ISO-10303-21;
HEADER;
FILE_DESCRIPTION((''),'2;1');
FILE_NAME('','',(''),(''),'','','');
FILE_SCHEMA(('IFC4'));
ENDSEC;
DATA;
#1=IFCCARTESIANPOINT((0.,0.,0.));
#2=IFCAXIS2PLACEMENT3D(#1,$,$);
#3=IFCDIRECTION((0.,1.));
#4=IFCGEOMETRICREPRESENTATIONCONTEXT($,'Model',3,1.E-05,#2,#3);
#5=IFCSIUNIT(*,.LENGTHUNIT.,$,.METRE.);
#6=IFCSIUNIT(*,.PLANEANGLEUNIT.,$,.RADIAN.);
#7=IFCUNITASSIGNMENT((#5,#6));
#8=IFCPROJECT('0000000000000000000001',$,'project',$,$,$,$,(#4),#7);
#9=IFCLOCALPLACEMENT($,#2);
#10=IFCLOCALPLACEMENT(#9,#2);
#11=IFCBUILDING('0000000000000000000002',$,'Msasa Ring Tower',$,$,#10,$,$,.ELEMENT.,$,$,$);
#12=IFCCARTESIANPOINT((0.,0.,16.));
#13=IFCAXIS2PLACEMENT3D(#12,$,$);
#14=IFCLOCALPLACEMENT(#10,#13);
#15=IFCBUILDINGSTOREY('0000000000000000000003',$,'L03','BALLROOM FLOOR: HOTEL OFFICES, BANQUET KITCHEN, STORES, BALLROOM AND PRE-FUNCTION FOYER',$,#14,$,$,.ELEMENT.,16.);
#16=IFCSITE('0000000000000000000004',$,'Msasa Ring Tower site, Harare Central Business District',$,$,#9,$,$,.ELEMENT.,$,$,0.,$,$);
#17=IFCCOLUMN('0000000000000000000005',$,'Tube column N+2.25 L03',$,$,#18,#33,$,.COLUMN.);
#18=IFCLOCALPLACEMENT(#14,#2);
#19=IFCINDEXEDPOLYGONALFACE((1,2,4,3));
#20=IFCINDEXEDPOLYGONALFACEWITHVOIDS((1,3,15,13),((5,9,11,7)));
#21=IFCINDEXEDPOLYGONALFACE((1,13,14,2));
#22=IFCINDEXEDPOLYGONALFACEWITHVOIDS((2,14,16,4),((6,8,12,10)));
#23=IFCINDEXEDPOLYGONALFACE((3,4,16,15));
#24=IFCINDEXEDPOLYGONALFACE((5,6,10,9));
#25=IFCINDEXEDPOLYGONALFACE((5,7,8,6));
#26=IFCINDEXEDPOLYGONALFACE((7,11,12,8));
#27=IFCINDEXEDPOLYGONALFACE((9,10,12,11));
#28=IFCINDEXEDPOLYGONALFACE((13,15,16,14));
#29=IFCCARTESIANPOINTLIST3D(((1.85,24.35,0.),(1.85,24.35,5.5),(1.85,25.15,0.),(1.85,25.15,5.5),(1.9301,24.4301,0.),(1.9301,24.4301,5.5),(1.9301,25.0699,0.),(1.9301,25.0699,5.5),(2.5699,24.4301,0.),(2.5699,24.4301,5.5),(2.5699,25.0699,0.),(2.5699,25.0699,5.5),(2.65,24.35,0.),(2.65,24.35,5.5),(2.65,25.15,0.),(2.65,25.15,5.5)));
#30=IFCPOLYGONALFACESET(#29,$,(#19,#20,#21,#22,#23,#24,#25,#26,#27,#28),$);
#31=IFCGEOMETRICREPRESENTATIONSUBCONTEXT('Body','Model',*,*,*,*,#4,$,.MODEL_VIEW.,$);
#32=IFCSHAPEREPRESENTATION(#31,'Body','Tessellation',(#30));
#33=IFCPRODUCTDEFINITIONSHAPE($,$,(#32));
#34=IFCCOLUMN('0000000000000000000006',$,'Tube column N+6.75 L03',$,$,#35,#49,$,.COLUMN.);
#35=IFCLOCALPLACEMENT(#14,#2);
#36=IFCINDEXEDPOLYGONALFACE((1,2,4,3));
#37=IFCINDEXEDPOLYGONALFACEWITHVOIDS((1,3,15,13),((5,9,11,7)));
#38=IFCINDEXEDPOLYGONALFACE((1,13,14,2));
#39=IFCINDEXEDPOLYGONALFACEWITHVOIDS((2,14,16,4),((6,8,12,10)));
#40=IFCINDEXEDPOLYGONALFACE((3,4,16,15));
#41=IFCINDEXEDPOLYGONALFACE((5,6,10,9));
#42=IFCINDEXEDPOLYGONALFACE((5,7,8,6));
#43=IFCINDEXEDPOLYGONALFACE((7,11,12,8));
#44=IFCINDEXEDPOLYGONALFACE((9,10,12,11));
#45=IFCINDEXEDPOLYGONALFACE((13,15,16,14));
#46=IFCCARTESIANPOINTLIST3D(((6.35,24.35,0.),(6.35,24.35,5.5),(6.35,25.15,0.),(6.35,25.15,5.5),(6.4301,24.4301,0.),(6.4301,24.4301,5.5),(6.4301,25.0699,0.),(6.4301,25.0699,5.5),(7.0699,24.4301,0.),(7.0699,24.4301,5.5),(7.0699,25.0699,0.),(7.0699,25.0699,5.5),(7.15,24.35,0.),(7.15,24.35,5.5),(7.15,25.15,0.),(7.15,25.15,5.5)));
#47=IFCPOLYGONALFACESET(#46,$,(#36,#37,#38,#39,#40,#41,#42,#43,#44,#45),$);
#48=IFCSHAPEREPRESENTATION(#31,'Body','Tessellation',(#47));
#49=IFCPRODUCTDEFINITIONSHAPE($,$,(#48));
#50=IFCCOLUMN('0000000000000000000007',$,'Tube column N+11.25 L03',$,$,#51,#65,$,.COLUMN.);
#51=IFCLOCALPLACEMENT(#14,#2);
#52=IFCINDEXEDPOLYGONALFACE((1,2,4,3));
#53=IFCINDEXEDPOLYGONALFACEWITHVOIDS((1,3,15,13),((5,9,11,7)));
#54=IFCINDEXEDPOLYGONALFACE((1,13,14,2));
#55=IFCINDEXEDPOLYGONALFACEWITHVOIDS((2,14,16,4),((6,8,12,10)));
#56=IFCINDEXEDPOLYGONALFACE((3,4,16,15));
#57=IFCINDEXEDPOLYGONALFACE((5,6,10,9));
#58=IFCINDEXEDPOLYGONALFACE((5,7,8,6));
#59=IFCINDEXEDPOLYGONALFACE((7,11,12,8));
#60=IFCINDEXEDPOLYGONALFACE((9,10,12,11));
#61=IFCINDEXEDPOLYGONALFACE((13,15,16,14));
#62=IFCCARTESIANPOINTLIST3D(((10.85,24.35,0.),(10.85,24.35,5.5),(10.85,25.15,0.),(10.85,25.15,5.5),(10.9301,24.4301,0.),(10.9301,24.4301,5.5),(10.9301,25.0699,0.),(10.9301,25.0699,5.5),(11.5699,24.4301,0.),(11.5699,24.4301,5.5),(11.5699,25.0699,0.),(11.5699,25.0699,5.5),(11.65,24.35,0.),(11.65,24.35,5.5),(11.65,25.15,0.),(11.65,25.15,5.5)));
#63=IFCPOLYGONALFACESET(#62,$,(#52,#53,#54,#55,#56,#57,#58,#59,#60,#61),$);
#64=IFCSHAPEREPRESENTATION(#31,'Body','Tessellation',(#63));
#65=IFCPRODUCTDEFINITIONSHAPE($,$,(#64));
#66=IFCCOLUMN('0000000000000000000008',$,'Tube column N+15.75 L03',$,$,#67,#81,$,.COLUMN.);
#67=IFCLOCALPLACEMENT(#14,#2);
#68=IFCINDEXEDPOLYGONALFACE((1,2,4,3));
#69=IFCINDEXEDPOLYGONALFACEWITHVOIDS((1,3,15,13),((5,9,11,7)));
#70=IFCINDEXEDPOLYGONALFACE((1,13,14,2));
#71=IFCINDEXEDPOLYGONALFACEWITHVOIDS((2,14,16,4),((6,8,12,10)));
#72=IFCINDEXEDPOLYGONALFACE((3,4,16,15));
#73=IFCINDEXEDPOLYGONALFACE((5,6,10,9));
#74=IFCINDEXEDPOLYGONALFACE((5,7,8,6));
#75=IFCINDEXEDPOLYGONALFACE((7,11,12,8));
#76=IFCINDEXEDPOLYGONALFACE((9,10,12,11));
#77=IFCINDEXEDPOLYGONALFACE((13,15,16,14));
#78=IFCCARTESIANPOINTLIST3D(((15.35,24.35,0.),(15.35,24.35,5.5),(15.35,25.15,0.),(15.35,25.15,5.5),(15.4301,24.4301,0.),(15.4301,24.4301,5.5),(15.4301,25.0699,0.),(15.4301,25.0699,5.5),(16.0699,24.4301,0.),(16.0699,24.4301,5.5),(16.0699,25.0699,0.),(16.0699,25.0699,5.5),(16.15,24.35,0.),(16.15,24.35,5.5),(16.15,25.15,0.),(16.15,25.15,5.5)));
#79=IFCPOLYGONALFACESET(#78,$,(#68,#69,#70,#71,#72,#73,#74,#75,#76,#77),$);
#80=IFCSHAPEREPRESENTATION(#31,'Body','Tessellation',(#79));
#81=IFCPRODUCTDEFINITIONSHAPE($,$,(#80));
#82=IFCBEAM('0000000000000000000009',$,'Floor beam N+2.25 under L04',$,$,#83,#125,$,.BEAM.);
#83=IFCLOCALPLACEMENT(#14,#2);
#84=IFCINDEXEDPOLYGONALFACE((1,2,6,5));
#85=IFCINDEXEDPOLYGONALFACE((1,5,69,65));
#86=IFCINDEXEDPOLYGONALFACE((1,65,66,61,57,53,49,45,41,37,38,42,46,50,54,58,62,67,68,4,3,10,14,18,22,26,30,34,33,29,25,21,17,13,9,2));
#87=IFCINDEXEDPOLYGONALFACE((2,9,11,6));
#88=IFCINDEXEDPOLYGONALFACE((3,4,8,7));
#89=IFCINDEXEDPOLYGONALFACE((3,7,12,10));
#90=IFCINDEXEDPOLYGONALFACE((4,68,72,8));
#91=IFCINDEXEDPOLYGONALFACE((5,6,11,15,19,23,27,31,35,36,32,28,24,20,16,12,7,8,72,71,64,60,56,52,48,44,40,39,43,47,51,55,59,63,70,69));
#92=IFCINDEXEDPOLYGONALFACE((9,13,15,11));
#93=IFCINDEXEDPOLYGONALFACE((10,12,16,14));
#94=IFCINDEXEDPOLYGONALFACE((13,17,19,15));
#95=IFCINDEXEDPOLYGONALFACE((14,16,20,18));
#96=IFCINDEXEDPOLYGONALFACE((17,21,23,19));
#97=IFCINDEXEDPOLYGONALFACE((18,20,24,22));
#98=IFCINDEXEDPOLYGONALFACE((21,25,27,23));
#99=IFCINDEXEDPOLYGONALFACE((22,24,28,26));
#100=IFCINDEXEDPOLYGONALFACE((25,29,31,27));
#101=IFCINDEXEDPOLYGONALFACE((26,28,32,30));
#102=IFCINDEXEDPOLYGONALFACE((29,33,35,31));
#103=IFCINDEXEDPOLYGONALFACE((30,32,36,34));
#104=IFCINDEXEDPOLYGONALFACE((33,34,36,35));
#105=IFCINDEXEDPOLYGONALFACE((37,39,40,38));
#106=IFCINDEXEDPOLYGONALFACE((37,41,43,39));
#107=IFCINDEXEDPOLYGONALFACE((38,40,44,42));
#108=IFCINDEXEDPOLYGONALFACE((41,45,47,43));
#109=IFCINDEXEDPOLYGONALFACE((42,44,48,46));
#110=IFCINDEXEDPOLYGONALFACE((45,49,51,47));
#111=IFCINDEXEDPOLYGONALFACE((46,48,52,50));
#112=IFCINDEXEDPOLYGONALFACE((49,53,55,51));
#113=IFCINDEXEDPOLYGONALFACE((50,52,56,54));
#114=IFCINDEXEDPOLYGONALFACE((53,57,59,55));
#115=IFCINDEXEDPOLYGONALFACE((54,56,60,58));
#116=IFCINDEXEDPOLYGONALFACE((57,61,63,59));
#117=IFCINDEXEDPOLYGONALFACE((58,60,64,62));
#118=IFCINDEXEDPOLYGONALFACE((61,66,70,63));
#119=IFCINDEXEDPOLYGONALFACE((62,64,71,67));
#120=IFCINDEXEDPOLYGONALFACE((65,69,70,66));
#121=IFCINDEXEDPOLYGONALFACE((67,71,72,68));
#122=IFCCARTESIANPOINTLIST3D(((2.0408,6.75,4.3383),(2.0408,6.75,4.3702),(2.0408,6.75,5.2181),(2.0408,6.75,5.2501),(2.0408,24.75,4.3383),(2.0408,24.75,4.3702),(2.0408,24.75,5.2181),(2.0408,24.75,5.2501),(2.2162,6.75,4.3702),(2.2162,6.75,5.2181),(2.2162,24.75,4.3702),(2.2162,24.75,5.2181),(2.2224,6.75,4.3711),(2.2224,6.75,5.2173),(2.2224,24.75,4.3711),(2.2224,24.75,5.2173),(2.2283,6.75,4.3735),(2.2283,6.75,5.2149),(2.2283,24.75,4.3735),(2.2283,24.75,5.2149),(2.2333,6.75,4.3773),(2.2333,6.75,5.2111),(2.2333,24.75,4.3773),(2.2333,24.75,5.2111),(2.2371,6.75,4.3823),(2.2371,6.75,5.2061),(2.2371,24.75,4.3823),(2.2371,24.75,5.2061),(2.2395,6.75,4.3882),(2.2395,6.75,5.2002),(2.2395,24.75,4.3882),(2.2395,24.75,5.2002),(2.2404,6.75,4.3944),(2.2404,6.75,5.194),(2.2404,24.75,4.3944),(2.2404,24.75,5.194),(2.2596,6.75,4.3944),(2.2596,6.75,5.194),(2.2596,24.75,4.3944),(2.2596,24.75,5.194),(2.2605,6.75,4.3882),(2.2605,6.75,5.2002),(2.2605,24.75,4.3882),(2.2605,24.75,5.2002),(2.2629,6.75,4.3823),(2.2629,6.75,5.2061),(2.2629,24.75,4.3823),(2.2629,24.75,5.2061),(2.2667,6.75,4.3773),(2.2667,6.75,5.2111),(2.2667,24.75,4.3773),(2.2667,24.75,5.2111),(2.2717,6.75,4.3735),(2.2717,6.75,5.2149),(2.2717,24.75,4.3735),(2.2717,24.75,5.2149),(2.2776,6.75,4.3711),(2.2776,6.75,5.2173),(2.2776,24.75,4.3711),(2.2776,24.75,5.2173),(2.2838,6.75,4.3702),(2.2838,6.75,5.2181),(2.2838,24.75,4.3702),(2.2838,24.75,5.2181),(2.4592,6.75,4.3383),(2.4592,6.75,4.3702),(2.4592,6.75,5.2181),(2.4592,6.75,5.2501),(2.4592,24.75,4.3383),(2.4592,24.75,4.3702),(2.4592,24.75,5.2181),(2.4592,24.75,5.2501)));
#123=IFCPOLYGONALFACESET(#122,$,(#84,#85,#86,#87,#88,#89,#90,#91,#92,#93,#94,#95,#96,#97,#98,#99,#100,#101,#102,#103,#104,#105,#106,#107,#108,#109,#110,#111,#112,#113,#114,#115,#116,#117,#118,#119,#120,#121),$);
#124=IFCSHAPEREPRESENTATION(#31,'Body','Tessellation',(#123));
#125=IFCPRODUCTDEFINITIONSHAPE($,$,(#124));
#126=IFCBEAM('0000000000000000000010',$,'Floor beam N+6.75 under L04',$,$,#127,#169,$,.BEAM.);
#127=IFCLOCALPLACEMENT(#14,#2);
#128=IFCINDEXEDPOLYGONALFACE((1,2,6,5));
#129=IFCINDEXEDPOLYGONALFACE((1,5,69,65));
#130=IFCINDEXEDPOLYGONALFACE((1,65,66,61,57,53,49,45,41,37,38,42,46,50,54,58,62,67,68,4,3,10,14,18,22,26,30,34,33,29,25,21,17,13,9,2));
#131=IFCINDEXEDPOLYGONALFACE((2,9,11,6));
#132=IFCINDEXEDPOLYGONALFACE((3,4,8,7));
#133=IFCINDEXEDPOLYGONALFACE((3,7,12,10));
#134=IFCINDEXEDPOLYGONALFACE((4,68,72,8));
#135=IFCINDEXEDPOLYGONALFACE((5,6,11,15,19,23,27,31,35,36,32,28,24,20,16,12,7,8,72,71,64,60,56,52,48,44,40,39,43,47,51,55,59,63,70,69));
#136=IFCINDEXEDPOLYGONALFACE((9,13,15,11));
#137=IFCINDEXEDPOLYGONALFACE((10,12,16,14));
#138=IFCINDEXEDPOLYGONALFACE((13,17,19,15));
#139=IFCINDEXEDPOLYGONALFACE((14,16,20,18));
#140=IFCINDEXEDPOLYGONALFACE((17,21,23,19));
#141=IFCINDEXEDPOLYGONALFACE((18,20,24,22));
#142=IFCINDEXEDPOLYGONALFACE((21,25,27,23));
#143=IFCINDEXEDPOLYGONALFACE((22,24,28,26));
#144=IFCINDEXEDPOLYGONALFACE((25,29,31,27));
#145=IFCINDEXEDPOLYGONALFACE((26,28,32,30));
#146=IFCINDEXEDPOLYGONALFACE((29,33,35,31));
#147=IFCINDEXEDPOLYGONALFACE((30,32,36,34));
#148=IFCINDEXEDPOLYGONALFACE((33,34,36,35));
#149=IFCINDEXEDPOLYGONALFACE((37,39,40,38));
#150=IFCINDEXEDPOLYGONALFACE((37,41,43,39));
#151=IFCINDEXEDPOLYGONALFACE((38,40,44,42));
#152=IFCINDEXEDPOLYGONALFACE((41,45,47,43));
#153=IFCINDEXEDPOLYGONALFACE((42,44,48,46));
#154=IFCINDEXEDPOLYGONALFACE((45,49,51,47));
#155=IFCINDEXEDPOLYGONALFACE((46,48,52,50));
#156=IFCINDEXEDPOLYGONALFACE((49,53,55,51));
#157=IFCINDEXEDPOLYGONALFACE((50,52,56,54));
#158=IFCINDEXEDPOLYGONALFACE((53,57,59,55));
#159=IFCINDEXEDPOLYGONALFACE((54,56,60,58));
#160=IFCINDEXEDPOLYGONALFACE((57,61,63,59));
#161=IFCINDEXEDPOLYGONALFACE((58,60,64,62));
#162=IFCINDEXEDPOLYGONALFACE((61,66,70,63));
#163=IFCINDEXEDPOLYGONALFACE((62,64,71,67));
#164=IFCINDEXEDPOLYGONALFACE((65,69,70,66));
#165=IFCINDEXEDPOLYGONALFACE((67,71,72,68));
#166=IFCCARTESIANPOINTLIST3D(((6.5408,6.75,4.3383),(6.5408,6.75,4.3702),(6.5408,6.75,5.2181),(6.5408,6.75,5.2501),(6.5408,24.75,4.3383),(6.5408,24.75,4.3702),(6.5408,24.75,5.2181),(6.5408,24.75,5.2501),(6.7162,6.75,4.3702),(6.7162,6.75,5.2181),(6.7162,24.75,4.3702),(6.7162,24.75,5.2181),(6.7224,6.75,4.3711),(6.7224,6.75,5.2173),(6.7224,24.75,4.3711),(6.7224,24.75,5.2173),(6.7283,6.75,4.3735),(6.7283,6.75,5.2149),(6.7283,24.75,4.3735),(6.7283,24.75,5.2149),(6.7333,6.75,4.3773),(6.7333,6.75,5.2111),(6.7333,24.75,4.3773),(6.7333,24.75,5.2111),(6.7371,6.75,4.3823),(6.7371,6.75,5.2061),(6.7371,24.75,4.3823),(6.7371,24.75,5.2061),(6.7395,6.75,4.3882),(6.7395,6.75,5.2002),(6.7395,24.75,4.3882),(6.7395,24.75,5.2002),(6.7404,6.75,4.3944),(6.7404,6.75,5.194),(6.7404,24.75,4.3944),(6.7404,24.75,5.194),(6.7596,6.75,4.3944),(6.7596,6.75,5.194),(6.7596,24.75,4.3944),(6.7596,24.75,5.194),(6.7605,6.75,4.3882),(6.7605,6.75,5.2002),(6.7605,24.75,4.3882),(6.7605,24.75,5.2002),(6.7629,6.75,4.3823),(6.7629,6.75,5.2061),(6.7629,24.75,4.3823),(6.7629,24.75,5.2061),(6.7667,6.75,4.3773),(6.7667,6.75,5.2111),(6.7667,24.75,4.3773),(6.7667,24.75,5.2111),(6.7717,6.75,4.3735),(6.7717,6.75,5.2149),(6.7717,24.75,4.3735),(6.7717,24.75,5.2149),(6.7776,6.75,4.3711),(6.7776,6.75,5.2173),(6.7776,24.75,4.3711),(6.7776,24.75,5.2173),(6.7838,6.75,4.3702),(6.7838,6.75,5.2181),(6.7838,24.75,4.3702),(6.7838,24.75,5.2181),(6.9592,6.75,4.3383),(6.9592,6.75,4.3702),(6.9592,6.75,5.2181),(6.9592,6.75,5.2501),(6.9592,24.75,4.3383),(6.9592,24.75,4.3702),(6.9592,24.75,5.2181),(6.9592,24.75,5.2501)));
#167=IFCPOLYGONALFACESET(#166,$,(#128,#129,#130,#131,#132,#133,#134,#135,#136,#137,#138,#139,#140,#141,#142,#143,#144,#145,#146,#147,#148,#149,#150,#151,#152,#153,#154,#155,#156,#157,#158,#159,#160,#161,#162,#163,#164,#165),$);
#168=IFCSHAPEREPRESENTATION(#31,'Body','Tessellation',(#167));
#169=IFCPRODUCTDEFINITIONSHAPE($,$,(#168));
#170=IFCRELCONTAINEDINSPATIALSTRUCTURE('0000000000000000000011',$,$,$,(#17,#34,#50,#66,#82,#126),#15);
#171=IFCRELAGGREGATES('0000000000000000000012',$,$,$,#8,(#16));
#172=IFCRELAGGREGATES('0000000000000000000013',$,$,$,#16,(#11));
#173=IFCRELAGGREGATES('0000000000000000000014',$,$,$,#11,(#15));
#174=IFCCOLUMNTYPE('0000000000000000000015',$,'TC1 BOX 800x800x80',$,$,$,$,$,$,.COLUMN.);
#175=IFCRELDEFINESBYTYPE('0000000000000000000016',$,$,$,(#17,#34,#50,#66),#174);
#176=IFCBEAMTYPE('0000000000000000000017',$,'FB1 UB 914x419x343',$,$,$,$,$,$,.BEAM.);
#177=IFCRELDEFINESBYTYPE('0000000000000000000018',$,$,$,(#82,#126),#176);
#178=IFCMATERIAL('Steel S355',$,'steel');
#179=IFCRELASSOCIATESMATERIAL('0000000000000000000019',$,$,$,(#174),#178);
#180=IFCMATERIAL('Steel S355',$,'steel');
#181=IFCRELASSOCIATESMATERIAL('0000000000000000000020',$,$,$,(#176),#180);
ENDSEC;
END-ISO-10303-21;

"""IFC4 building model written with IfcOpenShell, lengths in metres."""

from ifc_helpers import new_model, si_unit, direction, frame, origin, origin_2d, place, context, subcontext, project, spatial, hollow_rectangle, i_section, extrude, material, material_profile, profile_set, type_object, element, save


model = new_model("IFC4")

# Units and contexts
model_context = context("Model", 3, precision=1e-05, world=origin(), true_north=direction((0.0, 1.0)))
body_context = subcontext(model_context, "Body", "Model", "MODEL_VIEW")
ifc_project = project(units=[si_unit("LENGTHUNIT", "METRE"), si_unit("PLANEANGLEUNIT", "RADIAN")], contexts=[model_context])

# Site, building, storey
site_placement = place(None, origin())
site = spatial("IfcSite", under=ifc_project, at=site_placement, Name="Msasa Ring Tower site, Harare Central Business District", CompositionType="ELEMENT", RefElevation=0.0)
building_placement = place(site_placement, origin())
building = spatial("IfcBuilding", under=site, at=building_placement, Name="Msasa Ring Tower", CompositionType="ELEMENT")
storey_placement = place(building_placement, frame((0.0, 0.0, 16.0)))
storey = spatial("IfcBuildingStorey", under=building, at=storey_placement, Name="L03", Description="BALLROOM FLOOR: HOTEL OFFICES, BANQUET KITCHEN, STORES, BALLROOM AND PRE-FUNCTION FOYER", CompositionType="ELEMENT", Elevation=16.0)

# Columns
ifc_material_1 = material(Name="Steel S355", Category="steel")
ifc_material_profile_1 = material_profile(ifc_material_1, hollow_rectangle(XDim=0.8, YDim=0.8, WallThickness=0.0801, at=origin_2d()), Name="BOX 800x800x80")
ifc_profile_set_1 = profile_set([ifc_material_profile_1], Name="Steel S355")
column_type = type_object("IfcColumnType", Name="TC1 BOX 800x800x80", PredefinedType="COLUMN", material=ifc_profile_set_1)
for number, where, z_axis, x_axis, name in (
    (1, (2.25, 24.75, 0.0), (0.0, 0.0, 1.0), (0.0, 1.0, 0.0), "Tube column N+2.25 L03"),
    (2, (6.75, 24.75, 0.0), (0.0, 0.0, 1.0), (0.0, 1.0, 0.0), "Tube column N+6.75 L03"),
    (3, (11.25, 24.75, 0.0), (0.0, 0.0, 1.0), (0.0, 1.0, 0.0), "Tube column N+11.25 L03"),
    (4, (15.75, 24.75, 0.0), (0.0, 0.0, 1.0), (0.0, 1.0, 0.0), "Tube column N+15.75 L03"),
):
    element("IfcColumn", number, at=place(storey_placement, frame(where, z_axis=z_axis, x_axis=x_axis)), inside=storey, type_object=column_type, Name=name, PredefinedType="COLUMN", context=body_context, shape_type="SweptSolid", body=[
        extrude(hollow_rectangle(XDim=0.8, YDim=0.8, WallThickness=0.0801, at=origin_2d()), origin(), (0.0, 0.0, 1.0), 5.5),
    ])

# Beams
ifc_material_2 = material(Name="Steel S355", Category="steel")
ifc_material_profile_2 = material_profile(ifc_material_2, i_section(OverallWidth=0.4185, OverallDepth=0.9119, WebThickness=0.0193, FlangeThickness=0.032, FilletRadius=0.0242, at=origin_2d()), Name="UB 914x419x343")
ifc_profile_set_2 = profile_set([ifc_material_profile_2], Name="Steel S355")
beam_type_1 = type_object("IfcBeamType", Name="FB1 UB 914x419x343", PredefinedType="BEAM", material=ifc_profile_set_2)
for number, where, z_axis, x_axis, name in (
    (5, (2.25, 24.75, 4.7942), (0.0, -1.0, 0.0), (1.0, 0.0, 0.0), "Floor beam N+2.25 under L04"),
    (6, (6.75, 24.75, 4.7942), (0.0, -1.0, 0.0), (1.0, 0.0, 0.0), "Floor beam N+6.75 under L04"),
):
    element("IfcBeam", number, at=place(storey_placement, frame(where, z_axis=z_axis, x_axis=x_axis)), inside=storey, type_object=beam_type_1, Name=name, PredefinedType="BEAM", context=body_context, shape_type="SweptSolid", body=[
        extrude(i_section(OverallWidth=0.4185, OverallDepth=0.9119, WebThickness=0.0193, FlangeThickness=0.032, FilletRadius=0.0242, at=origin_2d()), origin(), (0.0, 0.0, 1.0), 18.0),
    ])

save(model, "model.ifc")
